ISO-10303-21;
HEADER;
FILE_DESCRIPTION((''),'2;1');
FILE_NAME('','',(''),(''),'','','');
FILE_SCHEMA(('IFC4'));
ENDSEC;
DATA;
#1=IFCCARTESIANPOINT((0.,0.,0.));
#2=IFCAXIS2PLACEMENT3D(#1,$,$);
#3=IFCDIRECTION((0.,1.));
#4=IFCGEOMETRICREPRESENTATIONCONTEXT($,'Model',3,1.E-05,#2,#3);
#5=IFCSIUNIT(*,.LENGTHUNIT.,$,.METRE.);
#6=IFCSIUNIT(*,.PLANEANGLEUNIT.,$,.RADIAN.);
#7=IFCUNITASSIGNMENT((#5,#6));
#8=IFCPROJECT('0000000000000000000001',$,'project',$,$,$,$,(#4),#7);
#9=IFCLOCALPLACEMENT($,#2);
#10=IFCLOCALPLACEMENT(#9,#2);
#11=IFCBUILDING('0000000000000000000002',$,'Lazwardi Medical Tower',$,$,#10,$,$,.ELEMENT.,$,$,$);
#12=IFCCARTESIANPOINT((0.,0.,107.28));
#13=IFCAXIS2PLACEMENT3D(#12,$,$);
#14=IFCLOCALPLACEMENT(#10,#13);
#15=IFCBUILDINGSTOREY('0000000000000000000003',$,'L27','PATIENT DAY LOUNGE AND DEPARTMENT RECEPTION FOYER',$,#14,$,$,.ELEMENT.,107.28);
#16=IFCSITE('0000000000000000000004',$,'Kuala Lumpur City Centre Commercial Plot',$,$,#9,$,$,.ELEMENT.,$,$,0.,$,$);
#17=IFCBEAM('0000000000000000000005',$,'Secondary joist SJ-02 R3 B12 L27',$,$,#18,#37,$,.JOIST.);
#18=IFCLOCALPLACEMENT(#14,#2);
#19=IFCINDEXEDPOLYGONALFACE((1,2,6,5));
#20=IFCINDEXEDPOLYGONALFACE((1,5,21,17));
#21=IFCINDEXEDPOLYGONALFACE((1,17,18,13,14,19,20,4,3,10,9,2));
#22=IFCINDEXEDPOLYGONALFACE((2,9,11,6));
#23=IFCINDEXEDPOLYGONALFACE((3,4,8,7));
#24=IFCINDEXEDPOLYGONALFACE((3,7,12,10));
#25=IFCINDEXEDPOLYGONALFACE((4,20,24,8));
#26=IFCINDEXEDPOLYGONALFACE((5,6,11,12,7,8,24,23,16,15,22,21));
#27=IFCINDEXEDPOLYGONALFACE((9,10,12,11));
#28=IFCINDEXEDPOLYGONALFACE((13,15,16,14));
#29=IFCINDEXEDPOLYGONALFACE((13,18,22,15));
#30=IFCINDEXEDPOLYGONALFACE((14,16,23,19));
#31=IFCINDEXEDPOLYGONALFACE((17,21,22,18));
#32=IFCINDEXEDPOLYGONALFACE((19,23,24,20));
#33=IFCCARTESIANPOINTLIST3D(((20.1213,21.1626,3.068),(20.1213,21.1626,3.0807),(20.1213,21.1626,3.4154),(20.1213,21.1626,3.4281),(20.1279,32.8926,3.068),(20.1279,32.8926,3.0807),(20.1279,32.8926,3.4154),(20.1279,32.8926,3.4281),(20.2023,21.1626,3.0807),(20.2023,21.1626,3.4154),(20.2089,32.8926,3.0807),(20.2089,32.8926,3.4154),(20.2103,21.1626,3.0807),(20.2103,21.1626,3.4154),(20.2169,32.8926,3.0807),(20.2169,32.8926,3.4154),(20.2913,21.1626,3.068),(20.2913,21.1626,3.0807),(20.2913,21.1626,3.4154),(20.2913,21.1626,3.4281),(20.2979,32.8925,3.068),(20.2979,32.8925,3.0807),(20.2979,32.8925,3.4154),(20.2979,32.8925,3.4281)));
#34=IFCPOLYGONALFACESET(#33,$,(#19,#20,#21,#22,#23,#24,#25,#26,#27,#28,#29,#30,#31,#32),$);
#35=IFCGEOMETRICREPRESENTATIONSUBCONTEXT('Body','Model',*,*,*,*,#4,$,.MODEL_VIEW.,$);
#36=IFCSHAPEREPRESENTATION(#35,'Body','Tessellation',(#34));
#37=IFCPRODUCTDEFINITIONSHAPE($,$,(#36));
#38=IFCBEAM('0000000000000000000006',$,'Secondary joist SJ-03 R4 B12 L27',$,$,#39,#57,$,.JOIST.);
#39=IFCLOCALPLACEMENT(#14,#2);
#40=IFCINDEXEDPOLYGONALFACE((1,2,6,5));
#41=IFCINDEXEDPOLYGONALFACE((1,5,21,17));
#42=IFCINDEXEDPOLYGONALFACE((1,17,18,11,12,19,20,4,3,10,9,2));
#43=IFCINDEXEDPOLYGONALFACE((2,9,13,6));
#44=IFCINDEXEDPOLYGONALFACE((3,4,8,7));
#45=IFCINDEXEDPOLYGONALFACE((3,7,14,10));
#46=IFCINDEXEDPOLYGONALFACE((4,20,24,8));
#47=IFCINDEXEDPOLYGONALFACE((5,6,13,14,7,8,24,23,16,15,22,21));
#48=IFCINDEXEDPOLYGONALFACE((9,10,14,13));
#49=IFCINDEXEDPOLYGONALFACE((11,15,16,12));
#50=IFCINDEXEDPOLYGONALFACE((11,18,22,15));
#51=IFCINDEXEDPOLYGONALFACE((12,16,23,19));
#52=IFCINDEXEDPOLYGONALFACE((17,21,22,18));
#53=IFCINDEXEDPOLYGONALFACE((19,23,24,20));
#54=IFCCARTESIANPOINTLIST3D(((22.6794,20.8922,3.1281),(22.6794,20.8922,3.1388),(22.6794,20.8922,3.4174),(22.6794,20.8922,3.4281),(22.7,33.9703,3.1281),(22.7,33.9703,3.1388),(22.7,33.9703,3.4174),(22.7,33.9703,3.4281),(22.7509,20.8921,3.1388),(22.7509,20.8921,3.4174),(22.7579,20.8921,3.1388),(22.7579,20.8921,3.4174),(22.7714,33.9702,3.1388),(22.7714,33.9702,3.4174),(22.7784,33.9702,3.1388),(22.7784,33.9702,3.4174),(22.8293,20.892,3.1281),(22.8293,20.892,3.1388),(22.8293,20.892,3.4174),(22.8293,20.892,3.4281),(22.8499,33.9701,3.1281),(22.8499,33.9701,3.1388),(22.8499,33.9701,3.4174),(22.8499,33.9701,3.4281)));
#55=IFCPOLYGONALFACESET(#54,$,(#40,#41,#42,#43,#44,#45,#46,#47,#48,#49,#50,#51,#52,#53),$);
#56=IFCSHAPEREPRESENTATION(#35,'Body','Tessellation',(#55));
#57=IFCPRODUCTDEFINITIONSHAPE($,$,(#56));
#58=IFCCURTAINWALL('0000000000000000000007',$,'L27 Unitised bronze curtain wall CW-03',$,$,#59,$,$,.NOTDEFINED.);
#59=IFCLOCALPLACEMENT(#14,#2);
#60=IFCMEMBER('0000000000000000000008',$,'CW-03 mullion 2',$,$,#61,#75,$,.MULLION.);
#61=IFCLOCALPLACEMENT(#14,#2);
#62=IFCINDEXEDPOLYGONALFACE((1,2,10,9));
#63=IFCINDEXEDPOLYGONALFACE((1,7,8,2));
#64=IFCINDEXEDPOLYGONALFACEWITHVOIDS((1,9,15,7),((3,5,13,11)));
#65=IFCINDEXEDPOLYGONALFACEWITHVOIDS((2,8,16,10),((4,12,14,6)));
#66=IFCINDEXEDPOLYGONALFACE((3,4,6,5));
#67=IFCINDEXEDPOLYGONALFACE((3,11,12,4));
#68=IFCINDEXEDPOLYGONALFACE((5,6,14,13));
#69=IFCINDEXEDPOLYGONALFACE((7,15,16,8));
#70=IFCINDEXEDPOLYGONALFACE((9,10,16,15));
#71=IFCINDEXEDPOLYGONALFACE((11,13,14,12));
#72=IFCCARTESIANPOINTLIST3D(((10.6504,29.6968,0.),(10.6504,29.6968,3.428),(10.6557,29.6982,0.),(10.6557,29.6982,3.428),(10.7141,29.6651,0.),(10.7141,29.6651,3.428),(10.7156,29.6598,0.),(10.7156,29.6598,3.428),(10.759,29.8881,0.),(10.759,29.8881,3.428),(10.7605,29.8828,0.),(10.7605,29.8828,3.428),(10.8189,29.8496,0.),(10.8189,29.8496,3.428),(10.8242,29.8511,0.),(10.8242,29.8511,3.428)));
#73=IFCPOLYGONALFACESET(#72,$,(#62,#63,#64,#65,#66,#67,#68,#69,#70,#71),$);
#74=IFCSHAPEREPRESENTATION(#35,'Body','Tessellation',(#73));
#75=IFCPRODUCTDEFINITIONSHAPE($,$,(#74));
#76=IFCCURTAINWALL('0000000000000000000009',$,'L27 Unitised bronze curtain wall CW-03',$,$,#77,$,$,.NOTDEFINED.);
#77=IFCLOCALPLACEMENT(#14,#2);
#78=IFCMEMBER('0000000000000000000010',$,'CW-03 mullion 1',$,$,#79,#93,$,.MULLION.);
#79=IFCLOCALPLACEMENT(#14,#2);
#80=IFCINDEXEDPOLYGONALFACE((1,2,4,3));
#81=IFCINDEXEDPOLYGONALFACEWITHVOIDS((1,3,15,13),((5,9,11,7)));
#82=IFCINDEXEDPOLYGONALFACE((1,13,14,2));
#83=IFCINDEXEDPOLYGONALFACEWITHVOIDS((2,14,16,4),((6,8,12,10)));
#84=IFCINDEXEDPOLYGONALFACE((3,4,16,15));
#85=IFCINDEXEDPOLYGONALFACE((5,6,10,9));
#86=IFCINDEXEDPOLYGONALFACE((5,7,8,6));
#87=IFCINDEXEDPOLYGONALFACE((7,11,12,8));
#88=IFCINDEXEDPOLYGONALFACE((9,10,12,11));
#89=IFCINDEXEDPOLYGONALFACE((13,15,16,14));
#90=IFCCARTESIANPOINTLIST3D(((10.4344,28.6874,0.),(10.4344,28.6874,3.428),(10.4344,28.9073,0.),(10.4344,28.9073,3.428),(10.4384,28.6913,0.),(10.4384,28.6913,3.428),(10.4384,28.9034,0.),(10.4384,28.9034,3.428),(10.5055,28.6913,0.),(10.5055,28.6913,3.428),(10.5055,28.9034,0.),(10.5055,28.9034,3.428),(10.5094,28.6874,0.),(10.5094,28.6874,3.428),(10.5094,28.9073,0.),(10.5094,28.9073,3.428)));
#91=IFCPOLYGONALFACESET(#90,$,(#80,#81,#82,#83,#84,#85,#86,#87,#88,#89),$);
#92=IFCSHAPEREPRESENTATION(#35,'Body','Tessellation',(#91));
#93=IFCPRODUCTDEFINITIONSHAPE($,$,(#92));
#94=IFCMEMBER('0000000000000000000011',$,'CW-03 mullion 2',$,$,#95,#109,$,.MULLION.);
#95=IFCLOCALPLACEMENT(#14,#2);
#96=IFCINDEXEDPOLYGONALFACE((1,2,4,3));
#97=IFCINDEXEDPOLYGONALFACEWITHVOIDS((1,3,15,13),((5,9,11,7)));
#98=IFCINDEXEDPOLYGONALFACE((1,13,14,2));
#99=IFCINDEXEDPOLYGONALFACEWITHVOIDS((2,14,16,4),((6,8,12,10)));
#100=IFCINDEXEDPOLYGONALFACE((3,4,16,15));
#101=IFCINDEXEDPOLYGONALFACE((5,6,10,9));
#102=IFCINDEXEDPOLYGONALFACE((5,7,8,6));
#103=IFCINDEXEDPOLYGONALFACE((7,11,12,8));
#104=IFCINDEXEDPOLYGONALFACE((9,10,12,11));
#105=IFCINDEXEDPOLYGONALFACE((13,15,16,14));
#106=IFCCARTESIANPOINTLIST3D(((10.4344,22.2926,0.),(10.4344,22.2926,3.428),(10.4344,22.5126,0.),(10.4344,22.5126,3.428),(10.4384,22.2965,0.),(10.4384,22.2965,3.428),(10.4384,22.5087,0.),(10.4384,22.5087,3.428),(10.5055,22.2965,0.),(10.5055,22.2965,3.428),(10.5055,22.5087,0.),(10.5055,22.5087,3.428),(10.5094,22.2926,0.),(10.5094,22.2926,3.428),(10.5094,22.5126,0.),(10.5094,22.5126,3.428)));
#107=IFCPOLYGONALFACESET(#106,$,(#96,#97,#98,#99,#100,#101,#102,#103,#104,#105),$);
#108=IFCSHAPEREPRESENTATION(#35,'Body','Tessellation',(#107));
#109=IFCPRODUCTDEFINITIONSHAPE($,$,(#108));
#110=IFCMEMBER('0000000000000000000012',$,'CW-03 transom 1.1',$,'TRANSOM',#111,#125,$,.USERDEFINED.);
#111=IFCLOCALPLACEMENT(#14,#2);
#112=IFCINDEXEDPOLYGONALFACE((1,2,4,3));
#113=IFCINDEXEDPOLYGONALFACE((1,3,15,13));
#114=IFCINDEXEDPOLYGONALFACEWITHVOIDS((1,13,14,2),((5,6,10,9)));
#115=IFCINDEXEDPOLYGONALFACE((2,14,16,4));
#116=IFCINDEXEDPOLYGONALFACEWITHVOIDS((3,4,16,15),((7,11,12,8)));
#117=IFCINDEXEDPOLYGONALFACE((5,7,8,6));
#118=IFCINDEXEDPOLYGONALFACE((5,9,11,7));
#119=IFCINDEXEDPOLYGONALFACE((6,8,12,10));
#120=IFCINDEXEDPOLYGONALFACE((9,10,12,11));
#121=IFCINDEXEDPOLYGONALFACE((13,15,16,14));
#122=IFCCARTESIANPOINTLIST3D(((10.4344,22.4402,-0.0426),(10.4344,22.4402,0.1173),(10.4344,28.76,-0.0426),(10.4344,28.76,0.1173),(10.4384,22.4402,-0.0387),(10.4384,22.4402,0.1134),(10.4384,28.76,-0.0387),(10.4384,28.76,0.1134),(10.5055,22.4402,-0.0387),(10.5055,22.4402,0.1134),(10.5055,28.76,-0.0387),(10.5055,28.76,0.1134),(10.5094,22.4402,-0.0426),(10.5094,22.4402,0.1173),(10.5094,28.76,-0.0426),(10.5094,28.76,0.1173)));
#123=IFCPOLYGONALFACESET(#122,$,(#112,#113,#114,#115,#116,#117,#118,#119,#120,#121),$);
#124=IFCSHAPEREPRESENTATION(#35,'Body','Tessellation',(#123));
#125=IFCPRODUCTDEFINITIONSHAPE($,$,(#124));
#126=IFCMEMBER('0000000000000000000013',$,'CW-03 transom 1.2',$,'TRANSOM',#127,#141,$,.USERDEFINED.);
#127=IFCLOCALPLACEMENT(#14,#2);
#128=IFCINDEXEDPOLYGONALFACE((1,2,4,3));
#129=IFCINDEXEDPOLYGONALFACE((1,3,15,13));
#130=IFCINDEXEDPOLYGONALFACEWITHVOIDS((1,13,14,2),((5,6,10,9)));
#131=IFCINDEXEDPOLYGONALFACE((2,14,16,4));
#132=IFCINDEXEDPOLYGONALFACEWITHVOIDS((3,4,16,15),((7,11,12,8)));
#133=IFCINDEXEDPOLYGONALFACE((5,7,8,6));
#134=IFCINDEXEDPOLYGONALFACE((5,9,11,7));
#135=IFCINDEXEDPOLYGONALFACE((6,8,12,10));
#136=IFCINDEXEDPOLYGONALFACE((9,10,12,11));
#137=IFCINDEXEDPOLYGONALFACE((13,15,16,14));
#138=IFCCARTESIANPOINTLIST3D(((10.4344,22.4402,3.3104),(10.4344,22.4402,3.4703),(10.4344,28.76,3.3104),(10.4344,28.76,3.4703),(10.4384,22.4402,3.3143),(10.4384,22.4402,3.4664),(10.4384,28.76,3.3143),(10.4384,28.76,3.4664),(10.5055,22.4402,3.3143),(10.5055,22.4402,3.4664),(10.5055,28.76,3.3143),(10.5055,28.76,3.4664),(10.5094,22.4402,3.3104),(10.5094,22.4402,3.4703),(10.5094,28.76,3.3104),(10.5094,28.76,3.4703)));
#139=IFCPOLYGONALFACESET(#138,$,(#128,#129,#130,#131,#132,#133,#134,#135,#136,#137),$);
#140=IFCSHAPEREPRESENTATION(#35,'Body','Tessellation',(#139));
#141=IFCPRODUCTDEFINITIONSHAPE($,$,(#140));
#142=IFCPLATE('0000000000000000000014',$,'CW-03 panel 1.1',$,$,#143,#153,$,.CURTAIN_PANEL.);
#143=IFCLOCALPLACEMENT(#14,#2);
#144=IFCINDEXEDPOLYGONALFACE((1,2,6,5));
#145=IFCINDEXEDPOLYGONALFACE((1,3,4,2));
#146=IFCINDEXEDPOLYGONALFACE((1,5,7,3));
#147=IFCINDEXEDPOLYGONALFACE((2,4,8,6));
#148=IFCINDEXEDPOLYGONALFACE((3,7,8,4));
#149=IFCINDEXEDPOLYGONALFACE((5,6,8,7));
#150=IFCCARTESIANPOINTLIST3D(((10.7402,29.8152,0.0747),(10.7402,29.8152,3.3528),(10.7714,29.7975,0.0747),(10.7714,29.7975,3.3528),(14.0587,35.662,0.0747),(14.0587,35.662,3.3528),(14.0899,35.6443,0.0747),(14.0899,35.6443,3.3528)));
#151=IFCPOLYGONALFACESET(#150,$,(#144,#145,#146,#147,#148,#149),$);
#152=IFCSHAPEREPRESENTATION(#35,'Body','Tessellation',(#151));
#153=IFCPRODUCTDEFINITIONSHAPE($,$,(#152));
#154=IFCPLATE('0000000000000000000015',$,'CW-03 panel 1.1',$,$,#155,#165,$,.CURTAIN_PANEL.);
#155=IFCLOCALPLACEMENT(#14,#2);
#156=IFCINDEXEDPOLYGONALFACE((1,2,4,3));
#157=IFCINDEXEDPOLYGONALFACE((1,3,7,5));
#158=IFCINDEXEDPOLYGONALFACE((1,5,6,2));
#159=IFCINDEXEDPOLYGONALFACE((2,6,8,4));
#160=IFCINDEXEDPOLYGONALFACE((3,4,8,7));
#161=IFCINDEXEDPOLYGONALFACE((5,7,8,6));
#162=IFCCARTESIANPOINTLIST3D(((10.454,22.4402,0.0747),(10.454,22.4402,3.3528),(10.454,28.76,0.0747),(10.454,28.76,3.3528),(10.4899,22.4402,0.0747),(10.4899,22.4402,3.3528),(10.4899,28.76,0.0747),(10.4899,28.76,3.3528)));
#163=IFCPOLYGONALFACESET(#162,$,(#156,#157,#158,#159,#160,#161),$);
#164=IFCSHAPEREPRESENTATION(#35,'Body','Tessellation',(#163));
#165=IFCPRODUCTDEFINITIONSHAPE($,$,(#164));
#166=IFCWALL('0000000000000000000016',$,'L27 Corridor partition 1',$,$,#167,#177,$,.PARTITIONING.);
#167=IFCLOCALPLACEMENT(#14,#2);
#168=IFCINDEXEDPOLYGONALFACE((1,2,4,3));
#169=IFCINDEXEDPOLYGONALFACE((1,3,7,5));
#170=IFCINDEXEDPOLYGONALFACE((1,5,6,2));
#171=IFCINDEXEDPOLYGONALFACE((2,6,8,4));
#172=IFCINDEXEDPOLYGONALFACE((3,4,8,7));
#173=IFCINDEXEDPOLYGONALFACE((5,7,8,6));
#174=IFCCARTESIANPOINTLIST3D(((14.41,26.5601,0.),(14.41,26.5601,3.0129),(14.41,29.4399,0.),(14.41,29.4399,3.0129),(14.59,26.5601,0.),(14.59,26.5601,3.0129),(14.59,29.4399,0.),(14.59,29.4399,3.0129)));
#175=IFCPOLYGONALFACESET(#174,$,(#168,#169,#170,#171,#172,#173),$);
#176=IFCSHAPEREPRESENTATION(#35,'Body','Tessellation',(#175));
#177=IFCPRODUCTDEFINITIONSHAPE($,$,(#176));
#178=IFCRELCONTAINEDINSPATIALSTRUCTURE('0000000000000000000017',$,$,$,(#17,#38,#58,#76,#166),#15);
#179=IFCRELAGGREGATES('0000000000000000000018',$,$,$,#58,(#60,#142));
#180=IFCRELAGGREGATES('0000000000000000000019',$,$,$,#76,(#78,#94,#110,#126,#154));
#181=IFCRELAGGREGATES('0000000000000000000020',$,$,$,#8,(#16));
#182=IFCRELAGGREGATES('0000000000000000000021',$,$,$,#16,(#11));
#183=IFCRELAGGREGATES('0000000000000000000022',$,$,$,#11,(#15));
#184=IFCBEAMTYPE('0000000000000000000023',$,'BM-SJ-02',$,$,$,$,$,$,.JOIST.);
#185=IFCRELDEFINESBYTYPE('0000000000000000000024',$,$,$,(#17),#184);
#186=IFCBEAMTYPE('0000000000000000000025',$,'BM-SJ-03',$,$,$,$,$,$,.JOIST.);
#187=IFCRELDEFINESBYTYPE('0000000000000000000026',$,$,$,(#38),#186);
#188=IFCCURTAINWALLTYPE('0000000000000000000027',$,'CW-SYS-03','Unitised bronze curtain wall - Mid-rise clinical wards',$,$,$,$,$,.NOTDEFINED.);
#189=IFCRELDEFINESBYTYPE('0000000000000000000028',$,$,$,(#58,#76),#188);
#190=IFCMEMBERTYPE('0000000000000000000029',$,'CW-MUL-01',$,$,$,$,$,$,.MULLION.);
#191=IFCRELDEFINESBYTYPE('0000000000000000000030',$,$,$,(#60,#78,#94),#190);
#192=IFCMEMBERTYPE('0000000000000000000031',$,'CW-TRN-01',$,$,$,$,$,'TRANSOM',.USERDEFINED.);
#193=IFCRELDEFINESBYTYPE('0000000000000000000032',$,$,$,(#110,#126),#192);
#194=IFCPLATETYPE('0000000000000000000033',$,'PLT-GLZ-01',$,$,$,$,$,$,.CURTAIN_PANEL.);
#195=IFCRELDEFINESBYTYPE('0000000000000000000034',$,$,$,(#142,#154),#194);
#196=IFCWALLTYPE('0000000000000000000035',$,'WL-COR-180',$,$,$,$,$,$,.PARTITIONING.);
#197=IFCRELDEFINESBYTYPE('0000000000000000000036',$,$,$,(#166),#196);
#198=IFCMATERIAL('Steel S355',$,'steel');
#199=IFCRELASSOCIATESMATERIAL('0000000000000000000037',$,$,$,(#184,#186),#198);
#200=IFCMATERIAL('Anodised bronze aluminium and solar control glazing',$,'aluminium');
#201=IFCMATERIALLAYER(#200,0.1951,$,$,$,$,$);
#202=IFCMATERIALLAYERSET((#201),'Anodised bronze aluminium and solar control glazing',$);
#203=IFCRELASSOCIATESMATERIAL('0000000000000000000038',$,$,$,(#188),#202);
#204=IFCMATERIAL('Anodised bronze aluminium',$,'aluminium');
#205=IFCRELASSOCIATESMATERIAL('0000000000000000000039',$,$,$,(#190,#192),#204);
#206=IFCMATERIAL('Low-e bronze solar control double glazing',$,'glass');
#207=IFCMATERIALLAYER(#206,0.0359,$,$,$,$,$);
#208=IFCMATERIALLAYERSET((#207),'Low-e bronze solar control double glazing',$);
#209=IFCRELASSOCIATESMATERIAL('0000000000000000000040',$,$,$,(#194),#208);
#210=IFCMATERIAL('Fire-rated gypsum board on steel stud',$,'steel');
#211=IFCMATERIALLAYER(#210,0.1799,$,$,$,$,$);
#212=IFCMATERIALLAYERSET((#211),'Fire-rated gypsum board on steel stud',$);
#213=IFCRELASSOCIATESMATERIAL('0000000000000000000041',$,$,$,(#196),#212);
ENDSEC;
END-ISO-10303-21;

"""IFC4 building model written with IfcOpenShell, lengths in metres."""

from ifc_helpers import new_model, si_unit, direction, frame, frame_2d, origin, origin_2d, place, context, subcontext, project, spatial, rectangle, hollow_rectangle, i_section, extrude, material, layer, layer_set, material_profile, profile_set, type_object, element, aggregate, save


model = new_model("IFC4")

# Units and contexts
model_context = context("Model", 3, precision=1e-05, world=origin(), true_north=direction((0.0, 1.0)))
body_context = subcontext(model_context, "Body", "Model", "MODEL_VIEW")
ifc_project = project(units=[si_unit("LENGTHUNIT", "METRE"), si_unit("PLANEANGLEUNIT", "RADIAN")], contexts=[model_context])

# Site, building, storey
site_placement = place(None, origin())
site = spatial("IfcSite", under=ifc_project, at=site_placement, Name="Kuala Lumpur City Centre Commercial Plot", CompositionType="ELEMENT", RefElevation=0.0)
building_placement = place(site_placement, origin())
building = spatial("IfcBuilding", under=site, at=building_placement, Name="Lazwardi Medical Tower", CompositionType="ELEMENT")
storey_placement = place(building_placement, frame((0.0, 0.0, 107.28)))
storey = spatial("IfcBuildingStorey", under=building, at=storey_placement, Name="L27", Description="PATIENT DAY LOUNGE AND DEPARTMENT RECEPTION FOYER", CompositionType="ELEMENT", Elevation=107.28)

# Beams
ifc_material_1 = material(Name="Steel S355", Category="steel")
ifc_material_profile_1 = material_profile(ifc_material_1, i_section(OverallWidth=0.1699, OverallDepth=0.3601, WebThickness=0.0081, FlangeThickness=0.0127, at=origin_2d()), Name="IPE 360")
ifc_profile_set_1 = profile_set([ifc_material_profile_1], Name="Steel S355")
beam_type_1 = type_object("IfcBeamType", Name="BM-SJ-02", PredefinedType="JOIST", material=ifc_profile_set_1)
beam_1_placement = place(storey_placement, frame((20.2129, 32.8926, 3.248), z_axis=(-0.000562, -1.0, 0.0), x_axis=(1.0, -0.000562, 0.0)))
element("IfcBeam", 1, at=beam_1_placement, inside=storey, type_object=beam_type_1, Name="Secondary joist SJ-02 R3 B12 L27", PredefinedType="JOIST", context=body_context, shape_type="SweptSolid", body=[
    extrude(i_section(OverallWidth=0.1699, OverallDepth=0.3601, WebThickness=0.0081, FlangeThickness=0.0127, at=origin_2d()), origin(), (0.0, 0.0, 1.0), 11.73),
])
ifc_material_profile_2 = material_profile(ifc_material_1, i_section(OverallWidth=0.1499, OverallDepth=0.3, WebThickness=0.0071, FlangeThickness=0.0107, at=origin_2d()), Name="IPE 300")
ifc_profile_set_2 = profile_set([ifc_material_profile_2], Name="Steel S355")
beam_type_2 = type_object("IfcBeamType", Name="BM-SJ-03", PredefinedType="JOIST", material=ifc_profile_set_2)
beam_2_placement = place(storey_placement, frame((22.7749, 33.9702, 3.2781), z_axis=(-0.001568, -0.999999, 0.0), x_axis=(0.999999, -0.001568, 0.0)))
element("IfcBeam", 2, at=beam_2_placement, inside=storey, type_object=beam_type_2, Name="Secondary joist SJ-03 R4 B12 L27", PredefinedType="JOIST", context=body_context, shape_type="SweptSolid", body=[
    extrude(i_section(OverallWidth=0.1499, OverallDepth=0.3, WebThickness=0.0071, FlangeThickness=0.0107, at=origin_2d()), origin(), (0.0, 0.0, 1.0), 13.0781),
])

# Curtain wall, member
ifc_material_2 = material(Name="Anodised bronze aluminium and solar control glazing", Category="aluminium")
ifc_layer_1 = layer(ifc_material_2, 0.1951)
ifc_layer_set_1 = layer_set([ifc_layer_1], Name="Anodised bronze aluminium and solar control glazing")
curtain_wall_type = type_object("IfcCurtainWallType", Name="CW-SYS-03", Description="Unitised bronze curtain wall - Mid-rise clinical wards", PredefinedType="NOTDEFINED", material=ifc_layer_set_1)
curtain_wall_1_placement = place(storey_placement, origin())
curtain_wall_1 = element("IfcCurtainWall", 3, at=curtain_wall_1_placement, inside=storey, type_object=curtain_wall_type, Name="L27 Unitised bronze curtain wall CW-03", PredefinedType="NOTDEFINED")
ifc_material_3 = material(Name="Anodised bronze aluminium", Category="aluminium")
ifc_material_profile_3 = material_profile(ifc_material_3, hollow_rectangle(XDim=0.075, YDim=0.22, WallThickness=0.0039, at=origin_2d()), Name="ALU-MULLION 220x75x4")
ifc_profile_set_3 = profile_set([ifc_material_profile_3], Name="Anodised bronze aluminium")
member_type_1 = type_object("IfcMemberType", Name="CW-MUL-01", PredefinedType="MULLION", material=ifc_profile_set_3)
member_1_placement = place(storey_placement, frame((10.7373, 29.7739, 0.0), z_axis=(0.0, 0.0, 1.0), x_axis=(0.869687, -0.493603, 0.0)))
member_1 = element("IfcMember", 4, at=member_1_placement, type_object=member_type_1, Name="CW-03 mullion 2", PredefinedType="MULLION", context=body_context, shape_type="SweptSolid", body=[
    extrude(hollow_rectangle(XDim=0.075, YDim=0.22, WallThickness=0.0039, at=origin_2d()), origin(), (0.0, 0.0, 1.0), 3.428),
])

# Curtain wall, members
curtain_wall_2_placement = place(storey_placement, origin())
curtain_wall_2 = element("IfcCurtainWall", 5, at=curtain_wall_2_placement, inside=storey, type_object=curtain_wall_type, Name="L27 Unitised bronze curtain wall CW-03", PredefinedType="NOTDEFINED")
member_2_placement = place(storey_placement, frame((10.4719, 28.7974, 0.0), z_axis=(0.0, 0.0, 1.0), x_axis=(1.0, 0.0, 0.0)))
member_2 = element("IfcMember", 6, at=member_2_placement, type_object=member_type_1, Name="CW-03 mullion 1", PredefinedType="MULLION", context=body_context, shape_type="SweptSolid", body=[
    extrude(hollow_rectangle(XDim=0.075, YDim=0.22, WallThickness=0.0039, at=origin_2d()), origin(), (0.0, 0.0, 1.0), 3.428),
])
member_3_placement = place(storey_placement, frame((10.4719, 22.4026, 0.0), z_axis=(0.0, 0.0, 1.0), x_axis=(1.0, 0.0, 0.0)))
member_3 = element("IfcMember", 7, at=member_3_placement, type_object=member_type_1, Name="CW-03 mullion 2", PredefinedType="MULLION", context=body_context, shape_type="SweptSolid", body=[
    extrude(hollow_rectangle(XDim=0.075, YDim=0.22, WallThickness=0.0039, at=origin_2d()), origin(), (0.0, 0.0, 1.0), 3.428),
])
ifc_material_profile_4 = material_profile(ifc_material_3, hollow_rectangle(XDim=0.075, YDim=0.1599, WallThickness=0.0039, at=origin_2d()), Name="ALU-TRANSOM 160x75x4")
ifc_profile_set_4 = profile_set([ifc_material_profile_4], Name="Anodised bronze aluminium")
member_type_2 = type_object("IfcMemberType", Name="CW-TRN-01", ElementType="TRANSOM", PredefinedType="USERDEFINED", material=ifc_profile_set_4)
member_4_placement = place(storey_placement, frame((10.4719, 28.76, 0.0374), z_axis=(0.0, -1.0, 0.0), x_axis=(1.0, 0.0, 0.0)))
member_4 = element("IfcMember", 8, at=member_4_placement, type_object=member_type_2, Name="CW-03 transom 1.1", ObjectType="TRANSOM", PredefinedType="USERDEFINED", context=body_context, shape_type="SweptSolid", body=[
    extrude(hollow_rectangle(XDim=0.075, YDim=0.1599, WallThickness=0.0039, at=origin_2d()), origin(), (0.0, 0.0, 1.0), 6.3198),
])
member_5_placement = place(storey_placement, frame((10.4719, 28.76, 3.3904), z_axis=(0.0, -1.0, 0.0), x_axis=(1.0, 0.0, 0.0)))
member_5 = element("IfcMember", 9, at=member_5_placement, type_object=member_type_2, Name="CW-03 transom 1.2", ObjectType="TRANSOM", PredefinedType="USERDEFINED", context=body_context, shape_type="SweptSolid", body=[
    extrude(hollow_rectangle(XDim=0.075, YDim=0.1599, WallThickness=0.0039, at=origin_2d()), origin(), (0.0, 0.0, 1.0), 6.3198),
])

# Plates
ifc_material_4 = material(Name="Low-e bronze solar control double glazing", Category="glass")
ifc_layer_2 = layer(ifc_material_4, 0.0359)
ifc_layer_set_2 = layer_set([ifc_layer_2], Name="Low-e bronze solar control double glazing")
plate_type = type_object("IfcPlateType", Name="PLT-GLZ-01", PredefinedType="CURTAIN_PANEL", material=ifc_layer_set_2)
plate_1_placement = place(storey_placement, frame((12.415, 32.7297, 0.0747), z_axis=(0.0, 0.0, 1.0), x_axis=(-0.493603, -0.869687, 0.0)))
plate_1 = element("IfcPlate", 10, at=plate_1_placement, type_object=plate_type, Name="CW-03 panel 1.1", PredefinedType="CURTAIN_PANEL", context=body_context, shape_type="SweptSolid", body=[
    extrude(rectangle(XDim=6.7229, YDim=0.0359, at=origin_2d()), origin(), (0.0, 0.0, 1.0), 3.2781),
])
aggregate(curtain_wall_1, [member_1, plate_1])
plate_2_placement = place(storey_placement, frame((10.4719, 25.6001, 0.0747), z_axis=(0.0, 0.0, 1.0), x_axis=(0.0, -1.0, 0.0)))
plate_2 = element("IfcPlate", 11, at=plate_2_placement, type_object=plate_type, Name="CW-03 panel 1.1", PredefinedType="CURTAIN_PANEL", context=body_context, shape_type="SweptSolid", body=[
    extrude(rectangle(XDim=6.3198, YDim=0.0359, at=origin_2d()), origin(), (0.0, 0.0, 1.0), 3.2781),
])
aggregate(curtain_wall_2, [member_2, member_3, member_4, member_5, plate_2])

# Wall
ifc_material_5 = material(Name="Fire-rated gypsum board on steel stud", Category="steel")
ifc_layer_3 = layer(ifc_material_5, 0.1799)
ifc_layer_set_3 = layer_set([ifc_layer_3], Name="Fire-rated gypsum board on steel stud")
wall_type_1 = type_object("IfcWallType", Name="WL-COR-180", PredefinedType="PARTITIONING", material=ifc_layer_set_3)
wall_1_placement = place(storey_placement, frame((14.5, 26.5601, 0.0), z_axis=(0.0, 0.0, 1.0), x_axis=(0.0, 1.0, 0.0)))
element("IfcWall", 12, at=wall_1_placement, inside=storey, type_object=wall_type_1, Name="L27 Corridor partition 1", PredefinedType="PARTITIONING", context=body_context, shape_type="SweptSolid", body=[
    extrude(rectangle(XDim=2.8799, YDim=0.1799, at=frame_2d((1.4399, 0.0))), origin(), (0.0, 0.0, 1.0), 3.0129),
])

save(model, "model.ifc")
